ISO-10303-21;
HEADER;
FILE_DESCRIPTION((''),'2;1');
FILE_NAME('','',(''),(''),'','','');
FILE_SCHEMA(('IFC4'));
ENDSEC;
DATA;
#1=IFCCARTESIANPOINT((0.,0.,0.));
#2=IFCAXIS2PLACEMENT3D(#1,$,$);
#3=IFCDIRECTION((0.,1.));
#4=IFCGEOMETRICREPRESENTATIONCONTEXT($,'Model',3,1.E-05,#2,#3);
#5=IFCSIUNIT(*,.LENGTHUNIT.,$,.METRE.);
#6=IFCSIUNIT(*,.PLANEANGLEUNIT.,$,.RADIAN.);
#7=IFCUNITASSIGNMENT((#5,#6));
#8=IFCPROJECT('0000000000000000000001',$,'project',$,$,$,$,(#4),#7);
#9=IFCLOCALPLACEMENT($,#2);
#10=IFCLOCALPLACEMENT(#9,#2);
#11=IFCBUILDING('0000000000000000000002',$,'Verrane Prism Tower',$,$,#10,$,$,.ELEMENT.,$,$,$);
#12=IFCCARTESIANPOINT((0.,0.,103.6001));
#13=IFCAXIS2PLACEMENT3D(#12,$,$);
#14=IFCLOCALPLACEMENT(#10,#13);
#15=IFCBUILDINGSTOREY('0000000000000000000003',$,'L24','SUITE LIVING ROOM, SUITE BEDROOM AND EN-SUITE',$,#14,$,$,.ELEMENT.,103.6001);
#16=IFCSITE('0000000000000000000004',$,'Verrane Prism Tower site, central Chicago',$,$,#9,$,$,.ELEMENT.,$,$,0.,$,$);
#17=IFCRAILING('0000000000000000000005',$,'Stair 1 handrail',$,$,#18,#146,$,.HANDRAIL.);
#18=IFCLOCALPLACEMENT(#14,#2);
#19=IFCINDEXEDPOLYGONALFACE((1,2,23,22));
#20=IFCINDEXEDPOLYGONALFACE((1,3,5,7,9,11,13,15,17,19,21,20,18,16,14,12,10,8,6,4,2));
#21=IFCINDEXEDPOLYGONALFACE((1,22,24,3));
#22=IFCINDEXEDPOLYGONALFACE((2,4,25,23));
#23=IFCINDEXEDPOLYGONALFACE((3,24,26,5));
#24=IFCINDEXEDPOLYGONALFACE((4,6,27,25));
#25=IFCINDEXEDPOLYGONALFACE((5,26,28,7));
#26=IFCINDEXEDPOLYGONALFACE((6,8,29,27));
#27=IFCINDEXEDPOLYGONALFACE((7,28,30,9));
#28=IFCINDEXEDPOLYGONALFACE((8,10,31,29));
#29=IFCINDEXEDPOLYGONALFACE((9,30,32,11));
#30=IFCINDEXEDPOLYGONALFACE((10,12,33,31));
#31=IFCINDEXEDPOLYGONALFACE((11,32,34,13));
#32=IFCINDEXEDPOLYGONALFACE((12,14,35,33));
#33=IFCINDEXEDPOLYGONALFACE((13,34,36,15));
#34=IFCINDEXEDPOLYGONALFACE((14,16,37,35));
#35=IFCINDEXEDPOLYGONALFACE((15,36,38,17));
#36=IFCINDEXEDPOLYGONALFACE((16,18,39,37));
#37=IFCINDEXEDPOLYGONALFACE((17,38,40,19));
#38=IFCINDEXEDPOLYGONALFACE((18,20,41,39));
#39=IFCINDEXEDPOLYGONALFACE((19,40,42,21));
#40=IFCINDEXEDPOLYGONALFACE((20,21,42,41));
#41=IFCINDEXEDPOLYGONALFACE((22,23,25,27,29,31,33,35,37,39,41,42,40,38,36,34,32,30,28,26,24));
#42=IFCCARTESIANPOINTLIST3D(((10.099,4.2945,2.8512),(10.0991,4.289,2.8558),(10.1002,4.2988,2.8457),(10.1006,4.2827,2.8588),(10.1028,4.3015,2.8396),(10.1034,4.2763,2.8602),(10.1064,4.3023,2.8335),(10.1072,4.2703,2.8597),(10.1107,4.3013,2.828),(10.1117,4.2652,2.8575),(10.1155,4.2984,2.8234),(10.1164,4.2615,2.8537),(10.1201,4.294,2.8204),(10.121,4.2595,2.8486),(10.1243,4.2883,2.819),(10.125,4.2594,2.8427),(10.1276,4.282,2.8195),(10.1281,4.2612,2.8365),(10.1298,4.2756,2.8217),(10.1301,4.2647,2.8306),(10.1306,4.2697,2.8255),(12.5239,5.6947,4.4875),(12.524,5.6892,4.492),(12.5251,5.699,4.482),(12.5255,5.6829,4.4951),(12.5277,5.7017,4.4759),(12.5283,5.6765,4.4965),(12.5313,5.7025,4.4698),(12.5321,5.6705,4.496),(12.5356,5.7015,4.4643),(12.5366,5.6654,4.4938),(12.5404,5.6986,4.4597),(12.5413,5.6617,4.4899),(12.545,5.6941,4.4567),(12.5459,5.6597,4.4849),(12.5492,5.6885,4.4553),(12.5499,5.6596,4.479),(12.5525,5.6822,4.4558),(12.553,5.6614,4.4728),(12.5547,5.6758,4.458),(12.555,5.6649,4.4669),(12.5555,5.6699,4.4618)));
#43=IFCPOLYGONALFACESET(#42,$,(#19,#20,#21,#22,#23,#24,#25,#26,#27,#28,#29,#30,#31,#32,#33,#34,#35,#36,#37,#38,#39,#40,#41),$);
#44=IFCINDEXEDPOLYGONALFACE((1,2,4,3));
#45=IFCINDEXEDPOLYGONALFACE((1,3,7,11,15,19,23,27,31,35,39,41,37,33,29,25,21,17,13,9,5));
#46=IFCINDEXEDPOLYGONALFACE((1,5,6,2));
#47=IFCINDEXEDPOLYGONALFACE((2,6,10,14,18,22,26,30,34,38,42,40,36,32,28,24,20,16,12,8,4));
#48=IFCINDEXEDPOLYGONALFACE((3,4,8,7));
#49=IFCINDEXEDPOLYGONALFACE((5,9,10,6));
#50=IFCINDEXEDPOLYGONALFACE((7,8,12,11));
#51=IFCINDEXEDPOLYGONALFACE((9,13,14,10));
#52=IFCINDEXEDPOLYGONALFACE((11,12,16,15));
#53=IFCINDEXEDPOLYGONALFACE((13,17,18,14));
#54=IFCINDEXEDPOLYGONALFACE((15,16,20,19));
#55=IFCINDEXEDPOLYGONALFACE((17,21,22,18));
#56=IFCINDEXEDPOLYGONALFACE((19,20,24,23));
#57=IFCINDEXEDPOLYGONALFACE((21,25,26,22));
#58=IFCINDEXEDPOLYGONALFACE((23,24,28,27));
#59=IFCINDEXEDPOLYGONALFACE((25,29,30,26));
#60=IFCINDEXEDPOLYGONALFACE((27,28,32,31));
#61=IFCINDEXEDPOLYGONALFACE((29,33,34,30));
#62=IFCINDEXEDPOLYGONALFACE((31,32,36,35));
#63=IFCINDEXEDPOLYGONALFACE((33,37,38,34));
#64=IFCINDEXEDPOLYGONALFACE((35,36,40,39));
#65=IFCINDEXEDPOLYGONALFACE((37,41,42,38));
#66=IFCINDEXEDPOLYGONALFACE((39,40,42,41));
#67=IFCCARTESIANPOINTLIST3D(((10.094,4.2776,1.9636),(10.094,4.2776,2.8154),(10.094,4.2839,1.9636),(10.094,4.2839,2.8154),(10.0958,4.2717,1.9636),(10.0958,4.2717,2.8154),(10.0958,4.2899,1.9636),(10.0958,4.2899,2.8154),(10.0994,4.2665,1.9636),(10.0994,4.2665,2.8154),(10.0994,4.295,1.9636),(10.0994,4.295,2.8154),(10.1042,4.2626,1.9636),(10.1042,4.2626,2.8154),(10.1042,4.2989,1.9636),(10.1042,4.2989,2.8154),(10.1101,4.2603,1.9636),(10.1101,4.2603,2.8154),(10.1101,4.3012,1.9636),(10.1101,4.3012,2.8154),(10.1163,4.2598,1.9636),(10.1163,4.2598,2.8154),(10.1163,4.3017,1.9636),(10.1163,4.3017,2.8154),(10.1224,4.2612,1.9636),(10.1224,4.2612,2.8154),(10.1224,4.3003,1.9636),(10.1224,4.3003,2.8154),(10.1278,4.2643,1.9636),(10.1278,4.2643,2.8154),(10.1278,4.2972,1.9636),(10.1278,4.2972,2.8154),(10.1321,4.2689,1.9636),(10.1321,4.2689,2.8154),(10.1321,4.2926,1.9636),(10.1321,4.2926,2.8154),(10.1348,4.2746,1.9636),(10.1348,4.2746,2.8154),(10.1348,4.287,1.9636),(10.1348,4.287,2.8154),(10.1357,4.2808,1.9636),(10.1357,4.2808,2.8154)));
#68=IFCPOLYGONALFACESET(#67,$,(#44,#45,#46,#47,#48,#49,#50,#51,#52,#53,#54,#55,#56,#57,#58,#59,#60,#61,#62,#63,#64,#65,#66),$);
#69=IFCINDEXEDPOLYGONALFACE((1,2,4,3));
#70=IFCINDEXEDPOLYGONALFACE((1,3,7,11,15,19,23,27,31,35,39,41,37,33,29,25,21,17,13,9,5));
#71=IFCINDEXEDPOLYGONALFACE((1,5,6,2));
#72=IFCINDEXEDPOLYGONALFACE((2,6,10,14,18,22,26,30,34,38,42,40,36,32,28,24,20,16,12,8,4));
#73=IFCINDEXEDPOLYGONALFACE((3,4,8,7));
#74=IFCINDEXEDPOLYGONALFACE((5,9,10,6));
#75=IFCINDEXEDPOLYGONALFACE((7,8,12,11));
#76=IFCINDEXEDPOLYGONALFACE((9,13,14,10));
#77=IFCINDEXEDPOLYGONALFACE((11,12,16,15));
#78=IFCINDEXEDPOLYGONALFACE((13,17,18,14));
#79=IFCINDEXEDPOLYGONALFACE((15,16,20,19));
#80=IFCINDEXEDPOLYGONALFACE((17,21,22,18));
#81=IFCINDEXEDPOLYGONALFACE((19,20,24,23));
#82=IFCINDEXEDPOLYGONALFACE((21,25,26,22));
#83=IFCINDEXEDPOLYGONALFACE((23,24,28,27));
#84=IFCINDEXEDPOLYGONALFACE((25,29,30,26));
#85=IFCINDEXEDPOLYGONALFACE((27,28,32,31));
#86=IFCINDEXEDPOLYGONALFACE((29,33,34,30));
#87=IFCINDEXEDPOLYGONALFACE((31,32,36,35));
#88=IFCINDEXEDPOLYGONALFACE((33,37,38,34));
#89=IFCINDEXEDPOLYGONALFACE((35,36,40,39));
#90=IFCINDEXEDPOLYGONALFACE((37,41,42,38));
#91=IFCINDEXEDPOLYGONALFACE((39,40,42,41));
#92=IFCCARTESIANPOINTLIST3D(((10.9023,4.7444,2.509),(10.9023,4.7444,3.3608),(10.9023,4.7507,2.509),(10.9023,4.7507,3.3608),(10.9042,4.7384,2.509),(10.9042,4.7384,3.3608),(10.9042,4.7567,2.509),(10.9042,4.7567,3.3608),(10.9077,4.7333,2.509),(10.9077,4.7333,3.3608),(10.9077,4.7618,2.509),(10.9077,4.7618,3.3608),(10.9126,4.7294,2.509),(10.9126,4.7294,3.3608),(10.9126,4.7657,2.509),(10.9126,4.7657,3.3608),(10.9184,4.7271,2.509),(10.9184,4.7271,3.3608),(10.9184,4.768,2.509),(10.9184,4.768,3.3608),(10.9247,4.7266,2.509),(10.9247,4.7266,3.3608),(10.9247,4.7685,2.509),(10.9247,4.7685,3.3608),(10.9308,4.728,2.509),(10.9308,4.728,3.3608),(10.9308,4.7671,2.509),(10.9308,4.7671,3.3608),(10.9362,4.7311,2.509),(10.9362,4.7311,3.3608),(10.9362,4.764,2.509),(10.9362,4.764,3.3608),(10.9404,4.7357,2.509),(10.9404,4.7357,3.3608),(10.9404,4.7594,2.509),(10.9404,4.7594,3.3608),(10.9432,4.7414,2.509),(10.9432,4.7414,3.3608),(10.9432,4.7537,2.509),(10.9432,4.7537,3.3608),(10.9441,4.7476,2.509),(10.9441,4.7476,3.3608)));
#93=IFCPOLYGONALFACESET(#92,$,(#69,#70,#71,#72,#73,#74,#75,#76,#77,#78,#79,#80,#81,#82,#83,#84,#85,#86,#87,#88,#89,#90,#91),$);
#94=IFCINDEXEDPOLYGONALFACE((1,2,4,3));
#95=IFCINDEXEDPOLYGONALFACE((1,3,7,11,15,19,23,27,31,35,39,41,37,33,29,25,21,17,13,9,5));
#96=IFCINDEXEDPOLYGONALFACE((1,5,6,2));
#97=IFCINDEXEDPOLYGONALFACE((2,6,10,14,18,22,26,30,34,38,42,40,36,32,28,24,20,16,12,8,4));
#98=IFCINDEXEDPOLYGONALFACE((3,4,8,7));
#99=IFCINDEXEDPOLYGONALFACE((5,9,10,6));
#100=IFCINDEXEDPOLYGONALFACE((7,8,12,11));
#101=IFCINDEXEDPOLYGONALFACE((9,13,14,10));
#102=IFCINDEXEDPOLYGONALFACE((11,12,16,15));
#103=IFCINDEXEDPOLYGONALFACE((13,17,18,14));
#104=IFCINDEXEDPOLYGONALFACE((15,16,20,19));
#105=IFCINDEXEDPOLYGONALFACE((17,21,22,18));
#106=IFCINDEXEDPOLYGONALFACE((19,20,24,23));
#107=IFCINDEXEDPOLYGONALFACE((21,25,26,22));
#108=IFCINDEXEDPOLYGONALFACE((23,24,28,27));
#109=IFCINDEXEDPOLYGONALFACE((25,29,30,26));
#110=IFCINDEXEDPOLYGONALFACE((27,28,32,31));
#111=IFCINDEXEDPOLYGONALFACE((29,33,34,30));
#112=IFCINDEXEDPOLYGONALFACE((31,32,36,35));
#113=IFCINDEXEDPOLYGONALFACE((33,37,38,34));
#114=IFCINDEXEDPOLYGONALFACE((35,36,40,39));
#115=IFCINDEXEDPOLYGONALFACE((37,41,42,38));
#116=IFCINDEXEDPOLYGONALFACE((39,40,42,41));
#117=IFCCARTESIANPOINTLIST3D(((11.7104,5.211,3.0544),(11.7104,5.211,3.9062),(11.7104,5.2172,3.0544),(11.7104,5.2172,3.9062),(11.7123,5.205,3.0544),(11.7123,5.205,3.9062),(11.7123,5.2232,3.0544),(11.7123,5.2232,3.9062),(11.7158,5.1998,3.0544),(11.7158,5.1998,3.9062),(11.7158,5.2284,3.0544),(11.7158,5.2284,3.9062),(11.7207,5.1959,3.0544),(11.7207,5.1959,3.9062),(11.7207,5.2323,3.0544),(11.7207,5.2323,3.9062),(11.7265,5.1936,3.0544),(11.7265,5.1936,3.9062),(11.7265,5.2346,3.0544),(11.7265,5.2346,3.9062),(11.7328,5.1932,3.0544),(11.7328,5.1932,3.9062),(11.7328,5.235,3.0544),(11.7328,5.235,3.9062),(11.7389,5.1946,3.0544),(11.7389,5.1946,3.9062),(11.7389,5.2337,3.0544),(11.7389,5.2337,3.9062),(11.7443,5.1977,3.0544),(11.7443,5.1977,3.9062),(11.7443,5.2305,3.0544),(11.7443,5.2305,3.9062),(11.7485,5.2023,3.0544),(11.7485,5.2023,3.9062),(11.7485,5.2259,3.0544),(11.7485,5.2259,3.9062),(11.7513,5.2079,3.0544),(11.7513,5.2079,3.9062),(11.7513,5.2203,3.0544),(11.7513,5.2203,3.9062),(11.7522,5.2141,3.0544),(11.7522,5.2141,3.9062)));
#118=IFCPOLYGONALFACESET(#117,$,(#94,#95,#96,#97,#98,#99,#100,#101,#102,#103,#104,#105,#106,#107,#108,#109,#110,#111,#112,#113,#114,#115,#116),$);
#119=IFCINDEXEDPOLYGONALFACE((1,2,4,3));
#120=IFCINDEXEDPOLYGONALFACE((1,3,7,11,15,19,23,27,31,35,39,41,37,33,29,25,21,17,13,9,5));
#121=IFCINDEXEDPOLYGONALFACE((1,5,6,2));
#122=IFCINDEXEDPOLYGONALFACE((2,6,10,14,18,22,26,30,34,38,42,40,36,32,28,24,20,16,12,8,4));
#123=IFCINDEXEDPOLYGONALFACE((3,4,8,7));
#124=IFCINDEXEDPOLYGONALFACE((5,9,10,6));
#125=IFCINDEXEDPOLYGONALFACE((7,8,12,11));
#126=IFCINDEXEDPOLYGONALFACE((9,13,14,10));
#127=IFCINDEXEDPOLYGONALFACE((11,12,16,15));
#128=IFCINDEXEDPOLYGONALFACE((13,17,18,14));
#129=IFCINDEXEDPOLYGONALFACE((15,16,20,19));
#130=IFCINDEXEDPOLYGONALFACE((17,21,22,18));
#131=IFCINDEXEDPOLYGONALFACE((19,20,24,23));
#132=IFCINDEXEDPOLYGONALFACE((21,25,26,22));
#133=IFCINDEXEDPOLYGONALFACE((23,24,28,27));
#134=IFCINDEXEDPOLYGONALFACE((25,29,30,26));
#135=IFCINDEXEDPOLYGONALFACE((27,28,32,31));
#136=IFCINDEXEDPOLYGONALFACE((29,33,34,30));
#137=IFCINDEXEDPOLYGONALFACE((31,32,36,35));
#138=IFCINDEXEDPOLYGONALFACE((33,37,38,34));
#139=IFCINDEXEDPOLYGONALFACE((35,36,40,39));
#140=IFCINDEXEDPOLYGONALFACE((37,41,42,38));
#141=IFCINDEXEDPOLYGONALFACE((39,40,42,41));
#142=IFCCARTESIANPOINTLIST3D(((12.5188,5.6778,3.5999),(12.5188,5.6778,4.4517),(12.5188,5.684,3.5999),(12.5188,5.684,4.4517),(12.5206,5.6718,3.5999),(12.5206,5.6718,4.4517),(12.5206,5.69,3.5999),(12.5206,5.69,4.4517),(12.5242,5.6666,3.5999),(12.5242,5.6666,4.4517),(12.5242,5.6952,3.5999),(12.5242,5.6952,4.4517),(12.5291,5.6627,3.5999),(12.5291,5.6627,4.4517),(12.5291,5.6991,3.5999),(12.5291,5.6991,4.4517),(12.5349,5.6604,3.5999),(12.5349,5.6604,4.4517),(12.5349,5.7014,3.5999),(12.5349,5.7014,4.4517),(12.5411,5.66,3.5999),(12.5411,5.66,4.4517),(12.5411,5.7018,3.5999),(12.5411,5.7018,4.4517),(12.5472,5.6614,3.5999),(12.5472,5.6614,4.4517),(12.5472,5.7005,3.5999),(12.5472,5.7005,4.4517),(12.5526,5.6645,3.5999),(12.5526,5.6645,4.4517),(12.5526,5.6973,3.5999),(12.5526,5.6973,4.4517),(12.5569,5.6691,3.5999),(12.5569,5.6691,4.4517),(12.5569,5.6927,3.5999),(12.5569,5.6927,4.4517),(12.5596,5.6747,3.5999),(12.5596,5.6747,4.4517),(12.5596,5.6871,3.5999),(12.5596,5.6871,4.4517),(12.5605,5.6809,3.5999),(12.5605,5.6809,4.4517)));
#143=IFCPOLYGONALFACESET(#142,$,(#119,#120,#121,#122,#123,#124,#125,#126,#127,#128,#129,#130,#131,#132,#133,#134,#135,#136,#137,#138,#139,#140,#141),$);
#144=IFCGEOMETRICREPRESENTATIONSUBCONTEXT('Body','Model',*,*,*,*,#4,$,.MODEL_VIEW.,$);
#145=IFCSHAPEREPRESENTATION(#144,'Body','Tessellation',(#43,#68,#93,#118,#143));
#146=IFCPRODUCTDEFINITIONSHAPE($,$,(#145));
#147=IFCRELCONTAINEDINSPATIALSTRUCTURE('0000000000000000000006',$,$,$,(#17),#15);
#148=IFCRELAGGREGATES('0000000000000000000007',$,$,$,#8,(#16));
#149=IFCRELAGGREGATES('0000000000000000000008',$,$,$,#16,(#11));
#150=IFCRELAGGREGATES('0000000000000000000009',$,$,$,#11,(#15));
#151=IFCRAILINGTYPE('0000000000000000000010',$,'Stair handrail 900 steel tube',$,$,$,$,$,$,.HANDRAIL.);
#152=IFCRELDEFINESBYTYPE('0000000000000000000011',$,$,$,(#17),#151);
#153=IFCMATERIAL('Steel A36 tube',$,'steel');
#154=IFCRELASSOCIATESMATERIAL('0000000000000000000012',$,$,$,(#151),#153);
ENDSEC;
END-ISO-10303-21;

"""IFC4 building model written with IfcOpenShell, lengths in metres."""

from ifc_helpers import new_model, si_unit, direction, frame, origin, origin_2d, place, context, subcontext, project, spatial, circle, extrude, material, type_object, element, save


model = new_model("IFC4")

# Units and contexts
model_context = context("Model", 3, precision=1e-05, world=origin(), true_north=direction((0.0, 1.0)))
body_context = subcontext(model_context, "Body", "Model", "MODEL_VIEW")
ifc_project = project(units=[si_unit("LENGTHUNIT", "METRE"), si_unit("PLANEANGLEUNIT", "RADIAN")], contexts=[model_context])

# Site, building, storey
site_placement = place(None, origin())
site = spatial("IfcSite", under=ifc_project, at=site_placement, Name="Verrane Prism Tower site, central Chicago", CompositionType="ELEMENT", RefElevation=0.0)
building_placement = place(site_placement, origin())
building = spatial("IfcBuilding", under=site, at=building_placement, Name="Verrane Prism Tower", CompositionType="ELEMENT")
storey_placement = place(building_placement, frame((0.0, 0.0, 103.6001)))
storey = spatial("IfcBuildingStorey", under=building, at=storey_placement, Name="L24", Description="SUITE LIVING ROOM, SUITE BEDROOM AND EN-SUITE", CompositionType="ELEMENT", Elevation=103.6001)

# Railing
ifc_material_1 = material(Name="Steel A36 tube", Category="steel")
railing_type_1 = type_object("IfcRailingType", Name="Stair handrail 900 steel tube", PredefinedType="HANDRAIL", material=ifc_material_1)
railing_1_placement = place(storey_placement, frame((10.1147, 4.2808, 1.9636)))
element("IfcRailing", 1, at=railing_1_placement, inside=storey, type_object=railing_type_1, Name="Stair 1 handrail", PredefinedType="HANDRAIL", context=body_context, shape_type="SweptSolid", body=[
    extrude(circle(Radius=0.0239, at=origin_2d()), frame((0.0, 0.0, 0.876), z_axis=(0.747694, 0.431738, 0.504535), x_axis=(-0.50005, 0.865997, 0.0)), (0.0, 0.0, 1.0), 3.2432),
    extrude(circle(Radius=0.021, at=origin_2d()), origin(), (0.0, 0.0, 1.0), 0.8518),
    extrude(circle(Radius=0.021, at=origin_2d()), frame((0.8083, 0.4668, 0.5454)), (0.0, 0.0, 1.0), 0.8518),
    extrude(circle(Radius=0.021, at=origin_2d()), frame((1.6165, 0.9333, 1.0908)), (0.0, 0.0, 1.0), 0.8518),
    extrude(circle(Radius=0.021, at=origin_2d()), frame((2.4248, 1.4001, 1.6362)), (0.0, 0.0, 1.0), 0.8518),
])

save(model, "model.ifc")
